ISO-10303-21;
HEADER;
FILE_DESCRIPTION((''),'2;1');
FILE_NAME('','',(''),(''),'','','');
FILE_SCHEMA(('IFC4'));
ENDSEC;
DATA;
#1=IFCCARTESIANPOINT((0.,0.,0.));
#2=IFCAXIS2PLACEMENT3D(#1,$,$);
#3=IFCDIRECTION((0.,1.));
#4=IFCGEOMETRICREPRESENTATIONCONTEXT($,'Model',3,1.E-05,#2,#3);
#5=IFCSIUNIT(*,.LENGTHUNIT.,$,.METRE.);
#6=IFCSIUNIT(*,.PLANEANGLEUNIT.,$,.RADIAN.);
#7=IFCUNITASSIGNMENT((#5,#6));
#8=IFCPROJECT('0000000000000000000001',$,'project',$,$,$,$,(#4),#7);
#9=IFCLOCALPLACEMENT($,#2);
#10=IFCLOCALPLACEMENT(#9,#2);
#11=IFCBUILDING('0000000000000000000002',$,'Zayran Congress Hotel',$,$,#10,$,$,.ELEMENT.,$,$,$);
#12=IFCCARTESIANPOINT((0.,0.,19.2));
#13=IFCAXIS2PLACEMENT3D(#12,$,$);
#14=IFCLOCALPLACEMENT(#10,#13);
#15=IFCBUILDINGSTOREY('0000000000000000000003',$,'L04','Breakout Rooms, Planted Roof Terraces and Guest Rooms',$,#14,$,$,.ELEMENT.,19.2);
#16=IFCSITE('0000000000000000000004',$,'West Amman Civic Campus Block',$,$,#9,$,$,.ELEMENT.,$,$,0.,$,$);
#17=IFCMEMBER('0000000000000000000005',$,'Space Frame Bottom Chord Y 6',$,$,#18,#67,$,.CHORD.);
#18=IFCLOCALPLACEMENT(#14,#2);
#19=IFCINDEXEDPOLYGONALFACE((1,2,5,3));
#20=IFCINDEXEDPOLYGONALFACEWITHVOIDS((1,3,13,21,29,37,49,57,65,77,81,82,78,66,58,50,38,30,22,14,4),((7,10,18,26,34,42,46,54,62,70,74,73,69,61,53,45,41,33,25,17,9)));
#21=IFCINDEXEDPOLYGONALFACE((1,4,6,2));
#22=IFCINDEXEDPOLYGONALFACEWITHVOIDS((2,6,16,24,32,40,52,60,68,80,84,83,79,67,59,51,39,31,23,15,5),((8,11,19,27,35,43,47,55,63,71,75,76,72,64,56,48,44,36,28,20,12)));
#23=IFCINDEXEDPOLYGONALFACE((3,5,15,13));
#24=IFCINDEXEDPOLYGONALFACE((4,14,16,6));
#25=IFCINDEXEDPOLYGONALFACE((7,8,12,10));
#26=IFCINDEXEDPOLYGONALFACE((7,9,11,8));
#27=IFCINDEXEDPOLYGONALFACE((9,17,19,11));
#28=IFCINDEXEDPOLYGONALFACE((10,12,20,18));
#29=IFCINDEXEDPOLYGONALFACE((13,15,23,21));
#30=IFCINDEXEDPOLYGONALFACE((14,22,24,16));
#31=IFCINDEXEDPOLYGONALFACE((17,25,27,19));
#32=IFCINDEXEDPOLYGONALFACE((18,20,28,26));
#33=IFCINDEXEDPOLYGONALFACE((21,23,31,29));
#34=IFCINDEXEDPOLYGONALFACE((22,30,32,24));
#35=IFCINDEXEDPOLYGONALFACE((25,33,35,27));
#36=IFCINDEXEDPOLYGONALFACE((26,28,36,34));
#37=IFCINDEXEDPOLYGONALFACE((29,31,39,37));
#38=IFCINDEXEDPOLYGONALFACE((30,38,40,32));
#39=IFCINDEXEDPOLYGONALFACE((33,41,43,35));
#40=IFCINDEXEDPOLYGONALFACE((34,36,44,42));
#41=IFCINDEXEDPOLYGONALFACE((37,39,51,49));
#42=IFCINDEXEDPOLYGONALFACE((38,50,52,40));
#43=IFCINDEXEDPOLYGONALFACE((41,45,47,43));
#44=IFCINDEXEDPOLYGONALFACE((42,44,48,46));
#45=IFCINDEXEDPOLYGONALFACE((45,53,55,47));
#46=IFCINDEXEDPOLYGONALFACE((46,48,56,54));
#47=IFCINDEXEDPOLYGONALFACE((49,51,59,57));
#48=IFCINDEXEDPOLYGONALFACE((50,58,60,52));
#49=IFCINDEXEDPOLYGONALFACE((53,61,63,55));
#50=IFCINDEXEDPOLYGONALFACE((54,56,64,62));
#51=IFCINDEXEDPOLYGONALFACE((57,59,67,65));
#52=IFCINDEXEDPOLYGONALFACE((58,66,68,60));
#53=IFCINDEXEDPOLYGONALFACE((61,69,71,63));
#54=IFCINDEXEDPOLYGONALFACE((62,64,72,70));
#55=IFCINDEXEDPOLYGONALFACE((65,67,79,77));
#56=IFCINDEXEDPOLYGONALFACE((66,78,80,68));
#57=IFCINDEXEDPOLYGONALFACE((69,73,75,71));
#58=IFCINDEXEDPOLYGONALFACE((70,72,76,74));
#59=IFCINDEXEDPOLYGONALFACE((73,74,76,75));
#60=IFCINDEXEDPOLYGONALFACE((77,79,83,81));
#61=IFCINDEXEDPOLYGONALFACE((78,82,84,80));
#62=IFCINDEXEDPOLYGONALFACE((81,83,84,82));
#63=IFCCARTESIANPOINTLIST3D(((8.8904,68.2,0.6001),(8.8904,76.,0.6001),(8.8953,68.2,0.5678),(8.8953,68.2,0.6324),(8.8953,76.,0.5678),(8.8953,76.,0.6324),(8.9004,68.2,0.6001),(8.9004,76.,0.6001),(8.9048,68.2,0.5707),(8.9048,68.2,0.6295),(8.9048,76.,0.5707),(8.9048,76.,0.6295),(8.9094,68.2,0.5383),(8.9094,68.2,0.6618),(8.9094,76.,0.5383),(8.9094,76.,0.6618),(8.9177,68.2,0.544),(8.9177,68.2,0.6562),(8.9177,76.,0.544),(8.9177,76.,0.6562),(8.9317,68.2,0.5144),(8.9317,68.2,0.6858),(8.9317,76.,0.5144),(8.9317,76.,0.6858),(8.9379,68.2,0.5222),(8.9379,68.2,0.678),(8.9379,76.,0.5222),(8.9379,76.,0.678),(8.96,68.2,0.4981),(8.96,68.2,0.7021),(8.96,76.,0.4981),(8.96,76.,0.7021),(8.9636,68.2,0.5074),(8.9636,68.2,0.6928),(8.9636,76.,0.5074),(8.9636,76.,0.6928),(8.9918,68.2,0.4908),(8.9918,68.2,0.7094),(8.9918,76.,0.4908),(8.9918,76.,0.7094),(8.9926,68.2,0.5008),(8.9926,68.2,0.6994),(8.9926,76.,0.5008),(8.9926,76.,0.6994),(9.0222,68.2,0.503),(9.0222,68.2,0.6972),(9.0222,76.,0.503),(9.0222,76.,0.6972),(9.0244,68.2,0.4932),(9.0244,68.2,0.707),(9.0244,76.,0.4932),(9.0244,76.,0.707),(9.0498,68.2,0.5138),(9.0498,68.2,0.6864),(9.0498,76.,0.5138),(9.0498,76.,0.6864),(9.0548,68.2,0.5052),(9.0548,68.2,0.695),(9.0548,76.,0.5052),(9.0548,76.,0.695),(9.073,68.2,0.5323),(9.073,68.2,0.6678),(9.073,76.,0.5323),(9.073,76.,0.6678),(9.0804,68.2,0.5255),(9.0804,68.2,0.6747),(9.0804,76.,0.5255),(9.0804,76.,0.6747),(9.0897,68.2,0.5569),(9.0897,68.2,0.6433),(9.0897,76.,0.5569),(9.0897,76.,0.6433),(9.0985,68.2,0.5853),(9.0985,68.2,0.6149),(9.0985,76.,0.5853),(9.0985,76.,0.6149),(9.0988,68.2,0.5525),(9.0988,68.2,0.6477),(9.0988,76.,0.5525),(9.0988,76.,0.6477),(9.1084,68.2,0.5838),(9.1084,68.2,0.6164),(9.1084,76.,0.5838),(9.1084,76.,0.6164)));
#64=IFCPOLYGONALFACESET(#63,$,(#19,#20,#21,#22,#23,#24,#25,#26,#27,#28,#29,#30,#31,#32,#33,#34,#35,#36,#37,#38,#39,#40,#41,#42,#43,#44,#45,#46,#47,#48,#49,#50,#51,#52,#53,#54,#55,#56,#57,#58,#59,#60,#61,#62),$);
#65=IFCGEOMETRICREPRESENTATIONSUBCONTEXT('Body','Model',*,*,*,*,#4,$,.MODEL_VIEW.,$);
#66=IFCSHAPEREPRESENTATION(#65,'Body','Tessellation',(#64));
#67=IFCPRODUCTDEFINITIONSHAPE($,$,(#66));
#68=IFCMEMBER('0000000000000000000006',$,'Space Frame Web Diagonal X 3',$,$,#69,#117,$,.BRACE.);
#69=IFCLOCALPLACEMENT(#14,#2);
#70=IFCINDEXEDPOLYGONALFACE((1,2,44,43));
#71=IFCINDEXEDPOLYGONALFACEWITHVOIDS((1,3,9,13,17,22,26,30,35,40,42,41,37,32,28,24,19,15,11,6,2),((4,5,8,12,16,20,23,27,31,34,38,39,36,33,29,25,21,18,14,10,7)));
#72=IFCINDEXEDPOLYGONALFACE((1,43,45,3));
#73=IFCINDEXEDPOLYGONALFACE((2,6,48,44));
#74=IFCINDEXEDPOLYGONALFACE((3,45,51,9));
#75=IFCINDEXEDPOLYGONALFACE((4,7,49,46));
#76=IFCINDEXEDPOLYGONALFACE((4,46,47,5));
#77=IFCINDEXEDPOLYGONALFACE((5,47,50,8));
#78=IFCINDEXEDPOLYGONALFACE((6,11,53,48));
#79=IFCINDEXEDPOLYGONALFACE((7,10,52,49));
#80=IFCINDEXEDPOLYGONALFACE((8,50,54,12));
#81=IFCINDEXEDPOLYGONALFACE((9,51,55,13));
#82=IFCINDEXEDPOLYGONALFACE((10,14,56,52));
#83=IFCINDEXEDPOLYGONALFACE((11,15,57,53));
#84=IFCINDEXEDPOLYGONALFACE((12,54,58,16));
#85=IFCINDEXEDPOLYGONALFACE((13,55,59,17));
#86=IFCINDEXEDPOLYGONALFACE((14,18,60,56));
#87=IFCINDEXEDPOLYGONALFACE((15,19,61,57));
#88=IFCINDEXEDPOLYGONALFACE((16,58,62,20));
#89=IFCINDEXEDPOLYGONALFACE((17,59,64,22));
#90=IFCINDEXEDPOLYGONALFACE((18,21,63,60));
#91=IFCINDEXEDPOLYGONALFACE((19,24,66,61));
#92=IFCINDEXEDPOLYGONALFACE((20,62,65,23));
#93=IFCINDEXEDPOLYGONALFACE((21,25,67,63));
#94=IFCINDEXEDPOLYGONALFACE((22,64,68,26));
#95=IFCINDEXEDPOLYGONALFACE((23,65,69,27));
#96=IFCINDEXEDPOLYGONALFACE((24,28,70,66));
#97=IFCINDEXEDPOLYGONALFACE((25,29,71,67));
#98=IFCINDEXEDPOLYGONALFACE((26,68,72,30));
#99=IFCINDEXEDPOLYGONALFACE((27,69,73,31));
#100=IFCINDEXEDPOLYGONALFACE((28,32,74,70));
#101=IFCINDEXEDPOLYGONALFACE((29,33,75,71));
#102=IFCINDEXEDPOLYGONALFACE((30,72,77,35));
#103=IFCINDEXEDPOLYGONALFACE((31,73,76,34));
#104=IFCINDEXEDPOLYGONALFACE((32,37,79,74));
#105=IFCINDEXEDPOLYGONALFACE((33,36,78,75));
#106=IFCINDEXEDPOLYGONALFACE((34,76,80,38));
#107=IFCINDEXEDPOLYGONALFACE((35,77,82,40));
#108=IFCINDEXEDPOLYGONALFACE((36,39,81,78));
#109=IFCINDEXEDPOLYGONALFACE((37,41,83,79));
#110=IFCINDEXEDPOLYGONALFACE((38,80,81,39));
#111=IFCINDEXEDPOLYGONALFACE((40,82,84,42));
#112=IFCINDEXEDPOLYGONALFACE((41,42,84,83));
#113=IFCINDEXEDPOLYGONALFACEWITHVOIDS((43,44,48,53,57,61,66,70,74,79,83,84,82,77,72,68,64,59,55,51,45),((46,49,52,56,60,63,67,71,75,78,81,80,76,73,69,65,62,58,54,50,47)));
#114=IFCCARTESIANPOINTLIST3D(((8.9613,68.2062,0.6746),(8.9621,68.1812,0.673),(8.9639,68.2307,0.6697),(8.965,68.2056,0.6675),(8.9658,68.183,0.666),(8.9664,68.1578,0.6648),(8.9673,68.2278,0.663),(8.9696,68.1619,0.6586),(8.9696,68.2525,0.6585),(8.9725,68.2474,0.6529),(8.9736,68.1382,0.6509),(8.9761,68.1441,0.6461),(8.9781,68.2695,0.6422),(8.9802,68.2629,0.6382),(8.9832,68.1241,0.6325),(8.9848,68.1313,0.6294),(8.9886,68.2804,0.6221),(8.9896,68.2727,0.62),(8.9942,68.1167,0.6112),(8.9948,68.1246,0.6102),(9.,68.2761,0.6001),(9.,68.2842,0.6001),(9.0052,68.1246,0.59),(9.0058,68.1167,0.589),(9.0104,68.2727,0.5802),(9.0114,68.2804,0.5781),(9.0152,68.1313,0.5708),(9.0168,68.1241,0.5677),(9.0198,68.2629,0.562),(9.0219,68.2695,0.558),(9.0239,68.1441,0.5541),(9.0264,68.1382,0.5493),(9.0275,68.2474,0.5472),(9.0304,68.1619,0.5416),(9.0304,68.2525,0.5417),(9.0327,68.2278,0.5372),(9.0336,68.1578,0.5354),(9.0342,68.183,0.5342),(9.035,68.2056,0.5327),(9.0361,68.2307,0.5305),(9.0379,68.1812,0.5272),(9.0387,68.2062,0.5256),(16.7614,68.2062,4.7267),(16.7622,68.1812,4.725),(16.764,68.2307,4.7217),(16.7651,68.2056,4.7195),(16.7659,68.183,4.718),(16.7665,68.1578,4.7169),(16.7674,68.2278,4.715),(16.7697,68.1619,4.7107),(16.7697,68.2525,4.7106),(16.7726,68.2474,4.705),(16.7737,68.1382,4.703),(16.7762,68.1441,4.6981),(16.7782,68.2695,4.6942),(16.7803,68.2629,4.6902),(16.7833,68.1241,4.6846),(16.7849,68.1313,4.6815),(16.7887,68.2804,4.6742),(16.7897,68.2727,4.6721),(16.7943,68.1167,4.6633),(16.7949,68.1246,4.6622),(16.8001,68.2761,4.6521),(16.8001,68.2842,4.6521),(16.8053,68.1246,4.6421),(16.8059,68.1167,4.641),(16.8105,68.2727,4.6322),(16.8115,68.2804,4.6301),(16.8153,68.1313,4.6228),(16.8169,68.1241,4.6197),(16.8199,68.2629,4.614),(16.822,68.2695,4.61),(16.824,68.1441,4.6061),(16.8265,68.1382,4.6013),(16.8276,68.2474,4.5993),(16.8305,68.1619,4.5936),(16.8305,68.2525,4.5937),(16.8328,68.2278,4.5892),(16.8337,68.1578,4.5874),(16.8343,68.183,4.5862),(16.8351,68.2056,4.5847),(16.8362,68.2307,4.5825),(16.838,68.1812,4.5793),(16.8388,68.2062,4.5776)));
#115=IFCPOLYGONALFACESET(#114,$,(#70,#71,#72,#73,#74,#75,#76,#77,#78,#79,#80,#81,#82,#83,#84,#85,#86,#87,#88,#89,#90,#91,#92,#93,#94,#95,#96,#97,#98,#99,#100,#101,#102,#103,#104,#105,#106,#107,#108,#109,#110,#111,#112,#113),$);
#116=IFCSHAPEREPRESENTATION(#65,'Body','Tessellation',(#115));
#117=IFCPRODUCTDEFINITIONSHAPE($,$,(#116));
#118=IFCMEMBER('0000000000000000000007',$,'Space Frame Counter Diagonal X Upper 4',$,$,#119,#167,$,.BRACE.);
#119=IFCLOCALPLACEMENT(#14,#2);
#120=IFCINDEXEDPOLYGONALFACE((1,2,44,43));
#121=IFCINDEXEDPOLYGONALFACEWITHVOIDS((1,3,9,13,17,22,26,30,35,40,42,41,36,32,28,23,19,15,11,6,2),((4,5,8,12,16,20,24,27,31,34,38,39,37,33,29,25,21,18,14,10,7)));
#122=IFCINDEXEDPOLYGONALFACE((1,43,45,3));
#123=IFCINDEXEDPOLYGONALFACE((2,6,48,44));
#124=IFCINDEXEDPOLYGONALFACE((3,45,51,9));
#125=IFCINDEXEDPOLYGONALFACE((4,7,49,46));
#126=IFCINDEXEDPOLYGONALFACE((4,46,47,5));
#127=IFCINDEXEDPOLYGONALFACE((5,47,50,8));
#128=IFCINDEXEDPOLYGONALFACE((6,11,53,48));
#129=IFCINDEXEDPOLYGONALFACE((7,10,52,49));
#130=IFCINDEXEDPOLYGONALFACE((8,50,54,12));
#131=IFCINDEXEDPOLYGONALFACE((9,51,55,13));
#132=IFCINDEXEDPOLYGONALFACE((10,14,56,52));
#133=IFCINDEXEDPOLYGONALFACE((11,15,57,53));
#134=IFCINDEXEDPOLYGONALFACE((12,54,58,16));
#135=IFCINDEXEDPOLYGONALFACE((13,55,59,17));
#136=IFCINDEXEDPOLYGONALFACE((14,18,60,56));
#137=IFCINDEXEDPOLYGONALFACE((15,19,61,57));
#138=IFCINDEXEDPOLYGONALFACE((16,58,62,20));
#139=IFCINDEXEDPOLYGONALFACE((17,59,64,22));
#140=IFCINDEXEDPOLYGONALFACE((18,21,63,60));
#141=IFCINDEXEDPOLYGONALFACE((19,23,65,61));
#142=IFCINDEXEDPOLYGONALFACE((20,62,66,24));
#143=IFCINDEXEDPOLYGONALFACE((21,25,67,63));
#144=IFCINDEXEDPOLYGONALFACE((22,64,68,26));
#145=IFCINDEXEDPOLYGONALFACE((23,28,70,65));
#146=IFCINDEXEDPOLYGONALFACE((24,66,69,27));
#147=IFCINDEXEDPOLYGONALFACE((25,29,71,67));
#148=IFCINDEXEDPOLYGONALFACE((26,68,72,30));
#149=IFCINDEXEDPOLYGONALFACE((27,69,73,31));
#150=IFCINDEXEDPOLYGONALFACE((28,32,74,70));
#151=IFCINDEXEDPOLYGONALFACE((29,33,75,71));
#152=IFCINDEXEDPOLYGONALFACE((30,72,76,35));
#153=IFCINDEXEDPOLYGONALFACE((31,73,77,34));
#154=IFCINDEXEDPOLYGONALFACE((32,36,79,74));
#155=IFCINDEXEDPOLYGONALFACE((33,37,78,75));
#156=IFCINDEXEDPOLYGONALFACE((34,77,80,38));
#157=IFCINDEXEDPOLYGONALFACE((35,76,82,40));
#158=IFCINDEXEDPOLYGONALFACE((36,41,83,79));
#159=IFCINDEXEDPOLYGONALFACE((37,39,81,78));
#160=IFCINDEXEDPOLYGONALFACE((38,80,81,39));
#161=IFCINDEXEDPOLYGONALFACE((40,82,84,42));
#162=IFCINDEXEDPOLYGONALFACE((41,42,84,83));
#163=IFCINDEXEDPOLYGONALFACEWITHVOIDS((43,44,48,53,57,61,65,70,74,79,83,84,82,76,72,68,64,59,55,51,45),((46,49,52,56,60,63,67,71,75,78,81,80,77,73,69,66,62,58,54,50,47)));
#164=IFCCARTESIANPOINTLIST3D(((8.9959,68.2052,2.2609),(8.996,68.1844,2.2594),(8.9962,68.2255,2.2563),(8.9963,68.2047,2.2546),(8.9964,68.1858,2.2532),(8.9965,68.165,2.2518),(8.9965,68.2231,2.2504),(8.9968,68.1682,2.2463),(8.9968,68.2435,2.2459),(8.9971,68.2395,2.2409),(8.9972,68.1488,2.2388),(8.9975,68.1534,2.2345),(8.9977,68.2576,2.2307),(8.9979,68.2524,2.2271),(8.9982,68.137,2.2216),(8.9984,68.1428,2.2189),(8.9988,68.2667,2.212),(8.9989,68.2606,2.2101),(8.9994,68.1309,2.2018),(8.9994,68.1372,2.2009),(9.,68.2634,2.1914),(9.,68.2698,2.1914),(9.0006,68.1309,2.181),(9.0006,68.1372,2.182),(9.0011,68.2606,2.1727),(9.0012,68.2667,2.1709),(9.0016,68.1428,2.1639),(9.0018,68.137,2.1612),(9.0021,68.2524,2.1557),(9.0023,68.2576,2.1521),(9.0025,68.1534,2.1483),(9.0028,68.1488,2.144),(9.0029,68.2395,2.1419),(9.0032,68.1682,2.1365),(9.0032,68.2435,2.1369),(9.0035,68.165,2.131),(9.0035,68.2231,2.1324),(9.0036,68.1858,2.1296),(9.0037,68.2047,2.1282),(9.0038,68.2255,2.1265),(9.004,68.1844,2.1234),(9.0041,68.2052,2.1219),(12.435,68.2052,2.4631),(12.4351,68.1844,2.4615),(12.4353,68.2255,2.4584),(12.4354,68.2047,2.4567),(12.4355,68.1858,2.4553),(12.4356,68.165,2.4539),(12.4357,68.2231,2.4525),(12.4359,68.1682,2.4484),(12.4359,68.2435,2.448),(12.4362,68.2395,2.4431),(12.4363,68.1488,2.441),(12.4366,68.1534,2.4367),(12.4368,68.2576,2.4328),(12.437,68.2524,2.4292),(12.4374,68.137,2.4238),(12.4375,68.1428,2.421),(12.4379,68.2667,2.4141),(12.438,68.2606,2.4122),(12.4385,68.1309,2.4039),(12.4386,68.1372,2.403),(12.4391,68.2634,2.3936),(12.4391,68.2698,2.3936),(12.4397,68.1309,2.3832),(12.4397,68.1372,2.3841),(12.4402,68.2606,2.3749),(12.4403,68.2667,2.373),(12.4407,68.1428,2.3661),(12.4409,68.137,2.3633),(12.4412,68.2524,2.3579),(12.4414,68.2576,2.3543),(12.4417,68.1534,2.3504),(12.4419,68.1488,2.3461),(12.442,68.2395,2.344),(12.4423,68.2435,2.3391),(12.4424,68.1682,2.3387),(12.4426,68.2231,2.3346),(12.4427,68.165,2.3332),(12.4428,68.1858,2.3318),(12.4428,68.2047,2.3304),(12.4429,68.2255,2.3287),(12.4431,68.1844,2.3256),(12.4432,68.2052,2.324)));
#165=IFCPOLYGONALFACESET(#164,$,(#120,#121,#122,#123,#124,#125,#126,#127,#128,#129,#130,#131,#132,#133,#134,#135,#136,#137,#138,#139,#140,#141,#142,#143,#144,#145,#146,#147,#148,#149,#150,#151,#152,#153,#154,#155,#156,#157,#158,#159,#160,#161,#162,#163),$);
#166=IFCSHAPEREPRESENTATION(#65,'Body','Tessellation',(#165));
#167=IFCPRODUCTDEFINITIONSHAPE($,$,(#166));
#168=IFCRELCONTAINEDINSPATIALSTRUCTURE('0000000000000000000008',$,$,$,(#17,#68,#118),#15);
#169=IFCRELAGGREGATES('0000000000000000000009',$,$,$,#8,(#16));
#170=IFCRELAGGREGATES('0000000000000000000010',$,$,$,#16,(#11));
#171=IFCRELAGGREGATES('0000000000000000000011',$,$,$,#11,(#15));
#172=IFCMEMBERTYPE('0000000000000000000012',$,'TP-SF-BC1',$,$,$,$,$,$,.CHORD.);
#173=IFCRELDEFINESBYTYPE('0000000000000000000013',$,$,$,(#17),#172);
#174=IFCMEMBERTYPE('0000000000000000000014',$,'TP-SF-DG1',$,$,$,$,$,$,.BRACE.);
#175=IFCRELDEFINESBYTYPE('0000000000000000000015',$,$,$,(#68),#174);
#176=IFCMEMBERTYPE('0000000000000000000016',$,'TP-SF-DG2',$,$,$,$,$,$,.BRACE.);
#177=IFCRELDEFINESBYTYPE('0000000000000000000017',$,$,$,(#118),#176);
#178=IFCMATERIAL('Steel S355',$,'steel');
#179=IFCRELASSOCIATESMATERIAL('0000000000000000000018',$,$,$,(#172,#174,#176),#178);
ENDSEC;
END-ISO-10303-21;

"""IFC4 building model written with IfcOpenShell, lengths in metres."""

from ifc_helpers import new_model, si_unit, direction, frame, origin, origin_2d, place, context, subcontext, project, spatial, hollow_circle, extrude, material, material_profile, profile_set, type_object, element, save


model = new_model("IFC4")

# Units and contexts
model_context = context("Model", 3, precision=1e-05, world=origin(), true_north=direction((0.0, 1.0)))
body_context = subcontext(model_context, "Body", "Model", "MODEL_VIEW")
ifc_project = project(units=[si_unit("LENGTHUNIT", "METRE"), si_unit("PLANEANGLEUNIT", "RADIAN")], contexts=[model_context])

# Site, building, storey
site_placement = place(None, origin())
site = spatial("IfcSite", under=ifc_project, at=site_placement, Name="West Amman Civic Campus Block", CompositionType="ELEMENT", RefElevation=0.0)
building_placement = place(site_placement, origin())
building = spatial("IfcBuilding", under=site, at=building_placement, Name="Zayran Congress Hotel", CompositionType="ELEMENT")
storey_placement = place(building_placement, frame((0.0, 0.0, 19.2)))
storey = spatial("IfcBuildingStorey", under=building, at=storey_placement, Name="L04", Description="Breakout Rooms, Planted Roof Terraces and Guest Rooms", CompositionType="ELEMENT", Elevation=19.2)

# Shared definitions
ifc_material_1 = material(Name="Steel S355", Category="steel")

# Members
ifc_material_profile_1 = material_profile(ifc_material_1, hollow_circle(Radius=0.1096, WallThickness=0.01, at=origin_2d()), Name="CHS 219.1x10")
ifc_profile_set_1 = profile_set([ifc_material_profile_1], Name="Steel S355")
member_type_1 = type_object("IfcMemberType", Name="TP-SF-BC1", PredefinedType="CHORD", material=ifc_profile_set_1)
member_1_placement = place(storey_placement, frame((9.0, 68.2, 0.6001), z_axis=(0.0, 1.0, 0.0), x_axis=(-1.0, 0.0, 0.0)))
element("IfcMember", 1, at=member_1_placement, inside=storey, type_object=member_type_1, Name="Space Frame Bottom Chord Y 6", PredefinedType="CHORD", context=body_context, shape_type="SweptSolid", body=[
    extrude(hollow_circle(Radius=0.1096, WallThickness=0.01, at=origin_2d()), origin(), (0.0, 0.0, 1.0), 7.8),
])
ifc_material_profile_2 = material_profile(ifc_material_1, hollow_circle(Radius=0.0842, WallThickness=0.0081, at=origin_2d()), Name="CHS 168.3x8")
ifc_profile_set_2 = profile_set([ifc_material_profile_2], Name="Steel S355")
member_type_2 = type_object("IfcMemberType", Name="TP-SF-DG1", PredefinedType="BRACE", material=ifc_profile_set_2)
member_2_placement = place(storey_placement, frame((9.0, 68.2, 0.6001), z_axis=(0.887404, 0.0, 0.460992), x_axis=(0.0, 1.0, 0.0)))
element("IfcMember", 2, at=member_2_placement, inside=storey, type_object=member_type_2, Name="Space Frame Web Diagonal X 3", PredefinedType="BRACE", context=body_context, shape_type="SweptSolid", body=[
    extrude(hollow_circle(Radius=0.0842, WallThickness=0.0081, at=origin_2d()), origin(), (0.0, 0.0, 1.0), 8.7898),
])
ifc_material_profile_3 = material_profile(ifc_material_1, hollow_circle(Radius=0.0698, WallThickness=0.0063, at=origin_2d()), Name="CHS 139.7x6.3")
ifc_profile_set_3 = profile_set([ifc_material_profile_3], Name="Steel S355")
member_type_3 = type_object("IfcMemberType", Name="TP-SF-DG2", PredefinedType="BRACE", material=ifc_profile_set_3)
member_3_placement = place(storey_placement, frame((9.0, 68.2, 2.1914), z_axis=(0.998277, 0.0, 0.058676), x_axis=(0.0, 1.0, 0.0)))
element("IfcMember", 3, at=member_3_placement, inside=storey, type_object=member_type_3, Name="Space Frame Counter Diagonal X Upper 4", PredefinedType="BRACE", context=body_context, shape_type="SweptSolid", body=[
    extrude(hollow_circle(Radius=0.0698, WallThickness=0.0063, at=origin_2d()), origin(), (0.0, 0.0, 1.0), 3.4451),
])

save(model, "model.ifc")
